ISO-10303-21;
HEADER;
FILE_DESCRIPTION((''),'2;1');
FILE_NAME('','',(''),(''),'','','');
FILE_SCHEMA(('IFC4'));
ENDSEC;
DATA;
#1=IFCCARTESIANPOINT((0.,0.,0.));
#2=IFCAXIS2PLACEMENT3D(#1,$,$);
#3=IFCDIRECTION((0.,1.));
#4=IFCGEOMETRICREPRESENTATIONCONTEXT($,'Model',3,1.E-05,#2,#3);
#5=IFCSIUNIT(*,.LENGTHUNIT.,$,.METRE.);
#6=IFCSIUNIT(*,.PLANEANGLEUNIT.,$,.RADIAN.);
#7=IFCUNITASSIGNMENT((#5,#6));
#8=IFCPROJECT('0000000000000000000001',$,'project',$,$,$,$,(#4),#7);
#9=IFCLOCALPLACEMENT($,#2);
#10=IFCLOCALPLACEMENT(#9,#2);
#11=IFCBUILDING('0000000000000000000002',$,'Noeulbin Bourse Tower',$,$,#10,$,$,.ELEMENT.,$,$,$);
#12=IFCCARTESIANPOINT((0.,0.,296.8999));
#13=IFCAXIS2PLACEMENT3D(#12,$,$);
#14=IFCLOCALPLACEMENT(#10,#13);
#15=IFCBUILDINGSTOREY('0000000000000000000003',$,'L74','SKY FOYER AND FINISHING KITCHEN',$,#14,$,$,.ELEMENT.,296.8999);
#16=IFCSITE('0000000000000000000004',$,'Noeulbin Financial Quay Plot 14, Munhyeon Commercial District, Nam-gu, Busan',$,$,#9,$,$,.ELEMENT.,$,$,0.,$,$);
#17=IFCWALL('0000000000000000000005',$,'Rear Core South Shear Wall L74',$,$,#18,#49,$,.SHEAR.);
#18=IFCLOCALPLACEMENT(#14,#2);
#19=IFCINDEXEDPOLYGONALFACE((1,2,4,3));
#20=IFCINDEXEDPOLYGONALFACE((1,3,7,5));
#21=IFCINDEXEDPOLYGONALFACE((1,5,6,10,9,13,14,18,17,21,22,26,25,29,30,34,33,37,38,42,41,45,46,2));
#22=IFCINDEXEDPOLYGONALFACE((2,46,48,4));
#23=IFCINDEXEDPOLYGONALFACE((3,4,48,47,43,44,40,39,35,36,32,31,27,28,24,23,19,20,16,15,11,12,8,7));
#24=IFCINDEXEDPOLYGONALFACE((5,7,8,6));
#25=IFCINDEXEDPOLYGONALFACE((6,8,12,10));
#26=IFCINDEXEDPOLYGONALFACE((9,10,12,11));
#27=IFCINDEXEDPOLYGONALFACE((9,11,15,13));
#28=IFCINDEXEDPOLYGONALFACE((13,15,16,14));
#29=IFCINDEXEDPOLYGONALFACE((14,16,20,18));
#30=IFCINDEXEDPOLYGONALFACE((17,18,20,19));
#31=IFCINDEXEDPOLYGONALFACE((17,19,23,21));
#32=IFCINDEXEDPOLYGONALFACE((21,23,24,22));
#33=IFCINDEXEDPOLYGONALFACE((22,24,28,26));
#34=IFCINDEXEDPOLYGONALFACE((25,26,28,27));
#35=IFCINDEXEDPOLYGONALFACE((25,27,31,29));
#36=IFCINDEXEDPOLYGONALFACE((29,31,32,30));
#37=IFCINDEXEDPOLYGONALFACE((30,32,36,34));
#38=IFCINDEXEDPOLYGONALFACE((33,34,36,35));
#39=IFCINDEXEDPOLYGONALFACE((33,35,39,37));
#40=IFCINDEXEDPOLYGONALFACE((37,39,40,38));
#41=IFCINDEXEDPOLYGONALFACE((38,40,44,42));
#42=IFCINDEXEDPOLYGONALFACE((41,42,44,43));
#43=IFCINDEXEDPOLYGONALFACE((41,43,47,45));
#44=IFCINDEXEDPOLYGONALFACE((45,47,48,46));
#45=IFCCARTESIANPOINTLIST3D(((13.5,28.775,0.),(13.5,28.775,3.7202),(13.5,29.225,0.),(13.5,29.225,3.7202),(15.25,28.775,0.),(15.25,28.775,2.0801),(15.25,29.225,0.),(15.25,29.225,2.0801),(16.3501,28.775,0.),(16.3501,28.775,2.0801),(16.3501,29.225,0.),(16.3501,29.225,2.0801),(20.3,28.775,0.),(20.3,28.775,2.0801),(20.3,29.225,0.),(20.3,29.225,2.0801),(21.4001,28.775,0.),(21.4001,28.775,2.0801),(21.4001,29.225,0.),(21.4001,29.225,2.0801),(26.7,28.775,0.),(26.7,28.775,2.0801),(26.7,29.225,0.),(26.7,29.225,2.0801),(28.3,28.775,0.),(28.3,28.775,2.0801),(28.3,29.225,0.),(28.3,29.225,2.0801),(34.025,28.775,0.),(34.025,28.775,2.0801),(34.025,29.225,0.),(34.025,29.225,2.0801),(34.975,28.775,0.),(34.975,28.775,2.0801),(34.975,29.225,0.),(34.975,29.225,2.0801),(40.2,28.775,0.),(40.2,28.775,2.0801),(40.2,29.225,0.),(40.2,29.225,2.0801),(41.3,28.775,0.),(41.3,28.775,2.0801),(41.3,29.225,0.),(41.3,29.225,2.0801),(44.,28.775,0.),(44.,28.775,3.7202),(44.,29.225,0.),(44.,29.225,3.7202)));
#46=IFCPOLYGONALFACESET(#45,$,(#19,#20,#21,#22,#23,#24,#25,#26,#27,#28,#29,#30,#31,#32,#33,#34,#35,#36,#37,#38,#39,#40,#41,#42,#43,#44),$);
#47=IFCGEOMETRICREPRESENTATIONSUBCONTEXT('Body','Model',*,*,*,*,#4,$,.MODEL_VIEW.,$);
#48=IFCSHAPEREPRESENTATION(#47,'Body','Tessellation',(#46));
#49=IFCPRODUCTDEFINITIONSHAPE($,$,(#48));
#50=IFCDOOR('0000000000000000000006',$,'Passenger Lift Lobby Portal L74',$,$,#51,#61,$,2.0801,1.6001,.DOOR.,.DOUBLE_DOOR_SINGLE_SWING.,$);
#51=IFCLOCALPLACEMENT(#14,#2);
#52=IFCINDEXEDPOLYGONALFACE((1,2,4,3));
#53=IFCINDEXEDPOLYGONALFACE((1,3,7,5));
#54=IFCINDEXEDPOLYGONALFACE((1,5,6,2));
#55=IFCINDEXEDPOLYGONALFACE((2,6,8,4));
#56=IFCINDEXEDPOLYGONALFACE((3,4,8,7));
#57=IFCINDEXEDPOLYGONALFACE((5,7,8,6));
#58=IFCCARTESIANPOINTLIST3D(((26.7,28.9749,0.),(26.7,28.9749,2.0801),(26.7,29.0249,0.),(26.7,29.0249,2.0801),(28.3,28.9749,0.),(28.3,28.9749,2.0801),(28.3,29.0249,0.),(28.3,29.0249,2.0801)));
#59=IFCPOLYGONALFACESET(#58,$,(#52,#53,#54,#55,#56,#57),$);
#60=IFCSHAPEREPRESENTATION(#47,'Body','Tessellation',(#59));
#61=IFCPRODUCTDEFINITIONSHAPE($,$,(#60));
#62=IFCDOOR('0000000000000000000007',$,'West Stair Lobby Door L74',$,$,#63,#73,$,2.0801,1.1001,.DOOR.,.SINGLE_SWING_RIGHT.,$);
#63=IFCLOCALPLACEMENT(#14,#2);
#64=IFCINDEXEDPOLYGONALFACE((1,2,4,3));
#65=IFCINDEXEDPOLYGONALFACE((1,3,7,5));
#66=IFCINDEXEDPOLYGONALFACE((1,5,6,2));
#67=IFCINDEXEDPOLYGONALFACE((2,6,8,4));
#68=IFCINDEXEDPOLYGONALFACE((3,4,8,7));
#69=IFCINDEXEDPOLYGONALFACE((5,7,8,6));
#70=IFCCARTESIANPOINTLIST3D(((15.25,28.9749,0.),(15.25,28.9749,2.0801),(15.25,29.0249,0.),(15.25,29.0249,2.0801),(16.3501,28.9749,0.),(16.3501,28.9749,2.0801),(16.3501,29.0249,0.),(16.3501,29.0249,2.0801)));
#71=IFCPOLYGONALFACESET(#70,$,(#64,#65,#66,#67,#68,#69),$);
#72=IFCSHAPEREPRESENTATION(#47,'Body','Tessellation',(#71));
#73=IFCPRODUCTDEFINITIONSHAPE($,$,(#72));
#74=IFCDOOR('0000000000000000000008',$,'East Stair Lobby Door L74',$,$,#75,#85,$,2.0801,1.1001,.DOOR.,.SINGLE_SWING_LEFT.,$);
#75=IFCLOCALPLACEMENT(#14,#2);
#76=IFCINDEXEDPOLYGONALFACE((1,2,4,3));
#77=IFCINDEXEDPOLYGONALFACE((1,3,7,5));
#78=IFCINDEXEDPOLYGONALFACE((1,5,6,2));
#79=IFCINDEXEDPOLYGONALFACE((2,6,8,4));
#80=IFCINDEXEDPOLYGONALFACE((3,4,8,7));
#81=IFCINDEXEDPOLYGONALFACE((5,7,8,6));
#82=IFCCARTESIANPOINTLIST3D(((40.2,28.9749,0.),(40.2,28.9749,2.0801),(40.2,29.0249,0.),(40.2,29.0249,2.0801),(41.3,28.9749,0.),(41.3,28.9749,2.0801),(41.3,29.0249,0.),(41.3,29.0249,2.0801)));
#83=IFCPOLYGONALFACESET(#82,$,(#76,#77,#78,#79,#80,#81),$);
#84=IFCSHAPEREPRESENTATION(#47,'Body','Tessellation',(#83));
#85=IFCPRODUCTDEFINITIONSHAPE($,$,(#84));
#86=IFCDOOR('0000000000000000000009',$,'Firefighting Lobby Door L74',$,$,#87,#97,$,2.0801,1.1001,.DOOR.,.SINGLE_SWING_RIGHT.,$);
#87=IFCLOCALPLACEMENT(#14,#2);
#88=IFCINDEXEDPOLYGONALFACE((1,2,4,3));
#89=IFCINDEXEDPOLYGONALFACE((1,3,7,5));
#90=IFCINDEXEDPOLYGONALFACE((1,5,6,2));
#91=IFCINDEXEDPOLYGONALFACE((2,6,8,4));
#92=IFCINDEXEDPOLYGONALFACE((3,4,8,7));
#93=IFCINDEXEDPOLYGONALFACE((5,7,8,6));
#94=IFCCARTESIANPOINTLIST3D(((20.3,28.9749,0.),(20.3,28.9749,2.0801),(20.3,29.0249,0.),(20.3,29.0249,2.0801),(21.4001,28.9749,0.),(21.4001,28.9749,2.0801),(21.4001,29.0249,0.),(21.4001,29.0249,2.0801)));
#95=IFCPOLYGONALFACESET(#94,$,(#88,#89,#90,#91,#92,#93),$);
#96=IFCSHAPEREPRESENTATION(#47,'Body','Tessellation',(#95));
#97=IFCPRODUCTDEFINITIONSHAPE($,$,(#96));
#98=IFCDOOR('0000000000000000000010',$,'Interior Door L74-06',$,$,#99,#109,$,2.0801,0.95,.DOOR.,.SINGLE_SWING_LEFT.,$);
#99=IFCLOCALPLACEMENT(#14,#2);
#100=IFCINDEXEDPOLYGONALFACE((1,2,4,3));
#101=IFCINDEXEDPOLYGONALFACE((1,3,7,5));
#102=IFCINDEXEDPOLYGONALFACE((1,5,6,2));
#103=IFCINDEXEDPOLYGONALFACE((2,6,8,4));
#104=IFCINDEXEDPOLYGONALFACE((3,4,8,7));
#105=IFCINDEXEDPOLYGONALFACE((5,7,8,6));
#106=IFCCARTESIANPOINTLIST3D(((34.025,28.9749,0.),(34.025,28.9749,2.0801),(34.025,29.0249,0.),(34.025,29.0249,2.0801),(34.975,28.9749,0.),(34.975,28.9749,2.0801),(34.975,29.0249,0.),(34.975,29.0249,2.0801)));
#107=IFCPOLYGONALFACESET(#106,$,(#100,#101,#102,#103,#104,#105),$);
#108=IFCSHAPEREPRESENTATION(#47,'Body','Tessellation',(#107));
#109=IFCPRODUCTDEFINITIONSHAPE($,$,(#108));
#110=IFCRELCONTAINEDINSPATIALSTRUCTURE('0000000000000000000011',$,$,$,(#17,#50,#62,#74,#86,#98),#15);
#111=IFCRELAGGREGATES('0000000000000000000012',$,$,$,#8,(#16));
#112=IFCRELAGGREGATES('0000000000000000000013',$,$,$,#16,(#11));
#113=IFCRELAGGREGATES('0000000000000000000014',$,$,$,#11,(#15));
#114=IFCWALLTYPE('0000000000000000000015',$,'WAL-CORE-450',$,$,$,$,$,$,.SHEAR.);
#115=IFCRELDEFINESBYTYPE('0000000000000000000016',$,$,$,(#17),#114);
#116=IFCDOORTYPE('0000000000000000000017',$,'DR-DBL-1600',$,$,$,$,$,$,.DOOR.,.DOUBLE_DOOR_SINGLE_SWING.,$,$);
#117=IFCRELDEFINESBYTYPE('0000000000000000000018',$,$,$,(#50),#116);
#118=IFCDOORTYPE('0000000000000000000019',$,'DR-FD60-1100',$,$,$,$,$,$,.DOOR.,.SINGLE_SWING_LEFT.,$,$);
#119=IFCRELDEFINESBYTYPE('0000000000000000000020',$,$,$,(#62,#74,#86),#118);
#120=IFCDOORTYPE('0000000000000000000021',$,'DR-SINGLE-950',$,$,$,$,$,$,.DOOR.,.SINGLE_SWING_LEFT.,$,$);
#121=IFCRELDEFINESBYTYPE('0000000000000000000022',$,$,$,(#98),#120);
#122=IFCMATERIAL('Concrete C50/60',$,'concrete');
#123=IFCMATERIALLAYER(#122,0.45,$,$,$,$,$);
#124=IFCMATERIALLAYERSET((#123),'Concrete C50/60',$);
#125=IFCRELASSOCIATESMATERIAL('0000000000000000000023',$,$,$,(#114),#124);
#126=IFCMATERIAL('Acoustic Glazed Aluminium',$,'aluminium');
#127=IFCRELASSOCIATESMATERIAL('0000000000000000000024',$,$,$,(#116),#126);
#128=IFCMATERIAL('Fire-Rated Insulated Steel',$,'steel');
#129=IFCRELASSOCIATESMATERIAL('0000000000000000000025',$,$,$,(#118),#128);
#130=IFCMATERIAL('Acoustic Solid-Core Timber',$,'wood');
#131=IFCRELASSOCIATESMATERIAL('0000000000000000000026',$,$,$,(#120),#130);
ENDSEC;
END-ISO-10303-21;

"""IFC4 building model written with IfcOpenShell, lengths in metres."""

from ifc_helpers import new_model, si_unit, direction, frame, frame_2d, origin, place, context, subcontext, project, spatial, rectangle, extrude, material, layer, layer_set, type_object, element, fill, save


model = new_model("IFC4")

# Units and contexts
model_context = context("Model", 3, precision=1e-05, world=origin(), true_north=direction((0.0, 1.0)))
body_context = subcontext(model_context, "Body", "Model", "MODEL_VIEW")
ifc_project = project(units=[si_unit("LENGTHUNIT", "METRE"), si_unit("PLANEANGLEUNIT", "RADIAN")], contexts=[model_context])

# Site, building, storey
site_placement = place(None, origin())
site = spatial("IfcSite", under=ifc_project, at=site_placement, Name="Noeulbin Financial Quay Plot 14, Munhyeon Commercial District, Nam-gu, Busan", CompositionType="ELEMENT", RefElevation=0.0)
building_placement = place(site_placement, origin())
building = spatial("IfcBuilding", under=site, at=building_placement, Name="Noeulbin Bourse Tower", CompositionType="ELEMENT")
storey_placement = place(building_placement, frame((0.0, 0.0, 296.8999)))
storey = spatial("IfcBuildingStorey", under=building, at=storey_placement, Name="L74", Description="SKY FOYER AND FINISHING KITCHEN", CompositionType="ELEMENT", Elevation=296.8999)

# Wall, openings, doors
ifc_material_1 = material(Name="Concrete C50/60", Category="concrete")
ifc_layer_1 = layer(ifc_material_1, 0.45)
ifc_layer_set_1 = layer_set([ifc_layer_1], Name="Concrete C50/60")
wall_type_1 = type_object("IfcWallType", Name="WAL-CORE-450", PredefinedType="SHEAR", material=ifc_layer_set_1)
wall_1_placement = place(storey_placement, frame((13.5, 29.0, 0.0), z_axis=(0.0, 0.0, 1.0), x_axis=(1.0, 0.0, 0.0)))
wall_1 = element("IfcWall", 1, at=wall_1_placement, inside=storey, type_object=wall_type_1, Name="Rear Core South Shear Wall L74", PredefinedType="SHEAR", context=body_context, shape_type="SweptSolid", body=[
    extrude(rectangle(XDim=30.5, YDim=0.45, at=frame_2d((15.25, 0.0))), origin(), (0.0, 0.0, 1.0), 3.7202),
])
opening_1_placement = place(wall_1_placement, frame((1.75, 0.0, 0.0)))
opening_1 = element("IfcOpeningElement", 2, at=opening_1_placement, cuts=wall_1, PredefinedType="OPENING", context=body_context, shape_type="SweptSolid", body=[
    extrude(rectangle(XDim=1.1001, YDim=2.0801, at=frame_2d((0.55, 1.04))), frame((0.0, 0.2349, 0.0), z_axis=(0.0, -1.0, 0.0), x_axis=(1.0, 0.0, 0.0)), (0.0, 0.0, 1.0), 0.47),
])
opening_2_placement = place(wall_1_placement, frame((26.7, 0.0, 0.0)))
opening_2 = element("IfcOpeningElement", 3, at=opening_2_placement, cuts=wall_1, PredefinedType="OPENING", context=body_context, shape_type="SweptSolid", body=[
    extrude(rectangle(XDim=1.1001, YDim=2.0801, at=frame_2d((0.55, 1.04))), frame((0.0, 0.2349, 0.0), z_axis=(0.0, -1.0, 0.0), x_axis=(1.0, 0.0, 0.0)), (0.0, 0.0, 1.0), 0.47),
])
opening_3_placement = place(wall_1_placement, frame((6.8, 0.0, 0.0)))
opening_3 = element("IfcOpeningElement", 4, at=opening_3_placement, cuts=wall_1, PredefinedType="OPENING", context=body_context, shape_type="SweptSolid", body=[
    extrude(rectangle(XDim=1.1001, YDim=2.0801, at=frame_2d((0.55, 1.04))), frame((0.0, 0.2349, 0.0), z_axis=(0.0, -1.0, 0.0), x_axis=(1.0, 0.0, 0.0)), (0.0, 0.0, 1.0), 0.47),
])
opening_4_placement = place(wall_1_placement, frame((13.2, 0.0, 0.0)))
opening_4 = element("IfcOpeningElement", 5, at=opening_4_placement, cuts=wall_1, PredefinedType="OPENING", context=body_context, shape_type="SweptSolid", body=[
    extrude(rectangle(XDim=1.6001, YDim=2.0801, at=frame_2d((0.8, 1.04))), frame((0.0, 0.2349, 0.0), z_axis=(0.0, -1.0, 0.0), x_axis=(1.0, 0.0, 0.0)), (0.0, 0.0, 1.0), 0.47),
])
opening_5_placement = place(wall_1_placement, frame((20.5249, 0.0, 0.0)))
opening_5 = element("IfcOpeningElement", 6, at=opening_5_placement, cuts=wall_1, PredefinedType="OPENING", context=body_context, shape_type="SweptSolid", body=[
    extrude(rectangle(XDim=0.95, YDim=2.0801, at=frame_2d((0.4751, 1.04))), frame((0.0, 0.2349, 0.0), z_axis=(0.0, -1.0, 0.0), x_axis=(1.0, 0.0, 0.0)), (0.0, 0.0, 1.0), 0.47),
])
ifc_material_2 = material(Name="Acoustic Glazed Aluminium", Category="aluminium")
door_type_1 = type_object("IfcDoorType", Name="DR-DBL-1600", OperationType="DOUBLE_DOOR_SINGLE_SWING", PredefinedType="DOOR", material=ifc_material_2)
door_1_placement = place(opening_4_placement, origin())
door_1 = element("IfcDoor", 7, at=door_1_placement, inside=storey, type_object=door_type_1, Name="Passenger Lift Lobby Portal L74", OperationType="DOUBLE_DOOR_SINGLE_SWING", OverallHeight=2.0801, OverallWidth=1.6001, PredefinedType="DOOR", context=body_context, shape_type="SweptSolid", body=[
    extrude(rectangle(XDim=1.6001, YDim=2.0801, at=frame_2d((0.8, 1.04))), frame((0.0, 0.0249, 0.0), z_axis=(0.0, -1.0, 0.0), x_axis=(1.0, 0.0, 0.0)), (0.0, 0.0, 1.0), 0.05),
])
fill(opening_4, door_1)
ifc_material_3 = material(Name="Fire-Rated Insulated Steel", Category="steel")
door_type_2 = type_object("IfcDoorType", Name="DR-FD60-1100", OperationType="SINGLE_SWING_LEFT", PredefinedType="DOOR", material=ifc_material_3)
door_2_placement = place(opening_1_placement, origin())
door_2 = element("IfcDoor", 8, at=door_2_placement, inside=storey, type_object=door_type_2, Name="West Stair Lobby Door L74", OperationType="SINGLE_SWING_RIGHT", OverallHeight=2.0801, OverallWidth=1.1001, PredefinedType="DOOR", context=body_context, shape_type="SweptSolid", body=[
    extrude(rectangle(XDim=1.1001, YDim=2.0801, at=frame_2d((0.55, 1.04))), frame((0.0, 0.0249, 0.0), z_axis=(0.0, -1.0, 0.0), x_axis=(1.0, 0.0, 0.0)), (0.0, 0.0, 1.0), 0.05),
])
fill(opening_1, door_2)
door_3_placement = place(opening_2_placement, origin())
door_3 = element("IfcDoor", 9, at=door_3_placement, inside=storey, type_object=door_type_2, Name="East Stair Lobby Door L74", OperationType="SINGLE_SWING_LEFT", OverallHeight=2.0801, OverallWidth=1.1001, PredefinedType="DOOR", context=body_context, shape_type="SweptSolid", body=[
    extrude(rectangle(XDim=1.1001, YDim=2.0801, at=frame_2d((0.55, 1.04))), frame((0.0, 0.0249, 0.0), z_axis=(0.0, -1.0, 0.0), x_axis=(1.0, 0.0, 0.0)), (0.0, 0.0, 1.0), 0.05),
])
fill(opening_2, door_3)
door_4_placement = place(opening_3_placement, origin())
door_4 = element("IfcDoor", 10, at=door_4_placement, inside=storey, type_object=door_type_2, Name="Firefighting Lobby Door L74", OperationType="SINGLE_SWING_RIGHT", OverallHeight=2.0801, OverallWidth=1.1001, PredefinedType="DOOR", context=body_context, shape_type="SweptSolid", body=[
    extrude(rectangle(XDim=1.1001, YDim=2.0801, at=frame_2d((0.55, 1.04))), frame((0.0, 0.0249, 0.0), z_axis=(0.0, -1.0, 0.0), x_axis=(1.0, 0.0, 0.0)), (0.0, 0.0, 1.0), 0.05),
])
fill(opening_3, door_4)
ifc_material_4 = material(Name="Acoustic Solid-Core Timber", Category="wood")
door_type_3 = type_object("IfcDoorType", Name="DR-SINGLE-950", OperationType="SINGLE_SWING_LEFT", PredefinedType="DOOR", material=ifc_material_4)
door_5_placement = place(opening_5_placement, origin())
door_5 = element("IfcDoor", 11, at=door_5_placement, inside=storey, type_object=door_type_3, Name="Interior Door L74-06", OperationType="SINGLE_SWING_LEFT", OverallHeight=2.0801, OverallWidth=0.95, PredefinedType="DOOR", context=body_context, shape_type="SweptSolid", body=[
    extrude(rectangle(XDim=0.95, YDim=2.0801, at=frame_2d((0.4751, 1.04))), frame((0.0, 0.0249, 0.0), z_axis=(0.0, -1.0, 0.0), x_axis=(1.0, 0.0, 0.0)), (0.0, 0.0, 1.0), 0.05),
])
fill(opening_5, door_5)

save(model, "model.ifc")
